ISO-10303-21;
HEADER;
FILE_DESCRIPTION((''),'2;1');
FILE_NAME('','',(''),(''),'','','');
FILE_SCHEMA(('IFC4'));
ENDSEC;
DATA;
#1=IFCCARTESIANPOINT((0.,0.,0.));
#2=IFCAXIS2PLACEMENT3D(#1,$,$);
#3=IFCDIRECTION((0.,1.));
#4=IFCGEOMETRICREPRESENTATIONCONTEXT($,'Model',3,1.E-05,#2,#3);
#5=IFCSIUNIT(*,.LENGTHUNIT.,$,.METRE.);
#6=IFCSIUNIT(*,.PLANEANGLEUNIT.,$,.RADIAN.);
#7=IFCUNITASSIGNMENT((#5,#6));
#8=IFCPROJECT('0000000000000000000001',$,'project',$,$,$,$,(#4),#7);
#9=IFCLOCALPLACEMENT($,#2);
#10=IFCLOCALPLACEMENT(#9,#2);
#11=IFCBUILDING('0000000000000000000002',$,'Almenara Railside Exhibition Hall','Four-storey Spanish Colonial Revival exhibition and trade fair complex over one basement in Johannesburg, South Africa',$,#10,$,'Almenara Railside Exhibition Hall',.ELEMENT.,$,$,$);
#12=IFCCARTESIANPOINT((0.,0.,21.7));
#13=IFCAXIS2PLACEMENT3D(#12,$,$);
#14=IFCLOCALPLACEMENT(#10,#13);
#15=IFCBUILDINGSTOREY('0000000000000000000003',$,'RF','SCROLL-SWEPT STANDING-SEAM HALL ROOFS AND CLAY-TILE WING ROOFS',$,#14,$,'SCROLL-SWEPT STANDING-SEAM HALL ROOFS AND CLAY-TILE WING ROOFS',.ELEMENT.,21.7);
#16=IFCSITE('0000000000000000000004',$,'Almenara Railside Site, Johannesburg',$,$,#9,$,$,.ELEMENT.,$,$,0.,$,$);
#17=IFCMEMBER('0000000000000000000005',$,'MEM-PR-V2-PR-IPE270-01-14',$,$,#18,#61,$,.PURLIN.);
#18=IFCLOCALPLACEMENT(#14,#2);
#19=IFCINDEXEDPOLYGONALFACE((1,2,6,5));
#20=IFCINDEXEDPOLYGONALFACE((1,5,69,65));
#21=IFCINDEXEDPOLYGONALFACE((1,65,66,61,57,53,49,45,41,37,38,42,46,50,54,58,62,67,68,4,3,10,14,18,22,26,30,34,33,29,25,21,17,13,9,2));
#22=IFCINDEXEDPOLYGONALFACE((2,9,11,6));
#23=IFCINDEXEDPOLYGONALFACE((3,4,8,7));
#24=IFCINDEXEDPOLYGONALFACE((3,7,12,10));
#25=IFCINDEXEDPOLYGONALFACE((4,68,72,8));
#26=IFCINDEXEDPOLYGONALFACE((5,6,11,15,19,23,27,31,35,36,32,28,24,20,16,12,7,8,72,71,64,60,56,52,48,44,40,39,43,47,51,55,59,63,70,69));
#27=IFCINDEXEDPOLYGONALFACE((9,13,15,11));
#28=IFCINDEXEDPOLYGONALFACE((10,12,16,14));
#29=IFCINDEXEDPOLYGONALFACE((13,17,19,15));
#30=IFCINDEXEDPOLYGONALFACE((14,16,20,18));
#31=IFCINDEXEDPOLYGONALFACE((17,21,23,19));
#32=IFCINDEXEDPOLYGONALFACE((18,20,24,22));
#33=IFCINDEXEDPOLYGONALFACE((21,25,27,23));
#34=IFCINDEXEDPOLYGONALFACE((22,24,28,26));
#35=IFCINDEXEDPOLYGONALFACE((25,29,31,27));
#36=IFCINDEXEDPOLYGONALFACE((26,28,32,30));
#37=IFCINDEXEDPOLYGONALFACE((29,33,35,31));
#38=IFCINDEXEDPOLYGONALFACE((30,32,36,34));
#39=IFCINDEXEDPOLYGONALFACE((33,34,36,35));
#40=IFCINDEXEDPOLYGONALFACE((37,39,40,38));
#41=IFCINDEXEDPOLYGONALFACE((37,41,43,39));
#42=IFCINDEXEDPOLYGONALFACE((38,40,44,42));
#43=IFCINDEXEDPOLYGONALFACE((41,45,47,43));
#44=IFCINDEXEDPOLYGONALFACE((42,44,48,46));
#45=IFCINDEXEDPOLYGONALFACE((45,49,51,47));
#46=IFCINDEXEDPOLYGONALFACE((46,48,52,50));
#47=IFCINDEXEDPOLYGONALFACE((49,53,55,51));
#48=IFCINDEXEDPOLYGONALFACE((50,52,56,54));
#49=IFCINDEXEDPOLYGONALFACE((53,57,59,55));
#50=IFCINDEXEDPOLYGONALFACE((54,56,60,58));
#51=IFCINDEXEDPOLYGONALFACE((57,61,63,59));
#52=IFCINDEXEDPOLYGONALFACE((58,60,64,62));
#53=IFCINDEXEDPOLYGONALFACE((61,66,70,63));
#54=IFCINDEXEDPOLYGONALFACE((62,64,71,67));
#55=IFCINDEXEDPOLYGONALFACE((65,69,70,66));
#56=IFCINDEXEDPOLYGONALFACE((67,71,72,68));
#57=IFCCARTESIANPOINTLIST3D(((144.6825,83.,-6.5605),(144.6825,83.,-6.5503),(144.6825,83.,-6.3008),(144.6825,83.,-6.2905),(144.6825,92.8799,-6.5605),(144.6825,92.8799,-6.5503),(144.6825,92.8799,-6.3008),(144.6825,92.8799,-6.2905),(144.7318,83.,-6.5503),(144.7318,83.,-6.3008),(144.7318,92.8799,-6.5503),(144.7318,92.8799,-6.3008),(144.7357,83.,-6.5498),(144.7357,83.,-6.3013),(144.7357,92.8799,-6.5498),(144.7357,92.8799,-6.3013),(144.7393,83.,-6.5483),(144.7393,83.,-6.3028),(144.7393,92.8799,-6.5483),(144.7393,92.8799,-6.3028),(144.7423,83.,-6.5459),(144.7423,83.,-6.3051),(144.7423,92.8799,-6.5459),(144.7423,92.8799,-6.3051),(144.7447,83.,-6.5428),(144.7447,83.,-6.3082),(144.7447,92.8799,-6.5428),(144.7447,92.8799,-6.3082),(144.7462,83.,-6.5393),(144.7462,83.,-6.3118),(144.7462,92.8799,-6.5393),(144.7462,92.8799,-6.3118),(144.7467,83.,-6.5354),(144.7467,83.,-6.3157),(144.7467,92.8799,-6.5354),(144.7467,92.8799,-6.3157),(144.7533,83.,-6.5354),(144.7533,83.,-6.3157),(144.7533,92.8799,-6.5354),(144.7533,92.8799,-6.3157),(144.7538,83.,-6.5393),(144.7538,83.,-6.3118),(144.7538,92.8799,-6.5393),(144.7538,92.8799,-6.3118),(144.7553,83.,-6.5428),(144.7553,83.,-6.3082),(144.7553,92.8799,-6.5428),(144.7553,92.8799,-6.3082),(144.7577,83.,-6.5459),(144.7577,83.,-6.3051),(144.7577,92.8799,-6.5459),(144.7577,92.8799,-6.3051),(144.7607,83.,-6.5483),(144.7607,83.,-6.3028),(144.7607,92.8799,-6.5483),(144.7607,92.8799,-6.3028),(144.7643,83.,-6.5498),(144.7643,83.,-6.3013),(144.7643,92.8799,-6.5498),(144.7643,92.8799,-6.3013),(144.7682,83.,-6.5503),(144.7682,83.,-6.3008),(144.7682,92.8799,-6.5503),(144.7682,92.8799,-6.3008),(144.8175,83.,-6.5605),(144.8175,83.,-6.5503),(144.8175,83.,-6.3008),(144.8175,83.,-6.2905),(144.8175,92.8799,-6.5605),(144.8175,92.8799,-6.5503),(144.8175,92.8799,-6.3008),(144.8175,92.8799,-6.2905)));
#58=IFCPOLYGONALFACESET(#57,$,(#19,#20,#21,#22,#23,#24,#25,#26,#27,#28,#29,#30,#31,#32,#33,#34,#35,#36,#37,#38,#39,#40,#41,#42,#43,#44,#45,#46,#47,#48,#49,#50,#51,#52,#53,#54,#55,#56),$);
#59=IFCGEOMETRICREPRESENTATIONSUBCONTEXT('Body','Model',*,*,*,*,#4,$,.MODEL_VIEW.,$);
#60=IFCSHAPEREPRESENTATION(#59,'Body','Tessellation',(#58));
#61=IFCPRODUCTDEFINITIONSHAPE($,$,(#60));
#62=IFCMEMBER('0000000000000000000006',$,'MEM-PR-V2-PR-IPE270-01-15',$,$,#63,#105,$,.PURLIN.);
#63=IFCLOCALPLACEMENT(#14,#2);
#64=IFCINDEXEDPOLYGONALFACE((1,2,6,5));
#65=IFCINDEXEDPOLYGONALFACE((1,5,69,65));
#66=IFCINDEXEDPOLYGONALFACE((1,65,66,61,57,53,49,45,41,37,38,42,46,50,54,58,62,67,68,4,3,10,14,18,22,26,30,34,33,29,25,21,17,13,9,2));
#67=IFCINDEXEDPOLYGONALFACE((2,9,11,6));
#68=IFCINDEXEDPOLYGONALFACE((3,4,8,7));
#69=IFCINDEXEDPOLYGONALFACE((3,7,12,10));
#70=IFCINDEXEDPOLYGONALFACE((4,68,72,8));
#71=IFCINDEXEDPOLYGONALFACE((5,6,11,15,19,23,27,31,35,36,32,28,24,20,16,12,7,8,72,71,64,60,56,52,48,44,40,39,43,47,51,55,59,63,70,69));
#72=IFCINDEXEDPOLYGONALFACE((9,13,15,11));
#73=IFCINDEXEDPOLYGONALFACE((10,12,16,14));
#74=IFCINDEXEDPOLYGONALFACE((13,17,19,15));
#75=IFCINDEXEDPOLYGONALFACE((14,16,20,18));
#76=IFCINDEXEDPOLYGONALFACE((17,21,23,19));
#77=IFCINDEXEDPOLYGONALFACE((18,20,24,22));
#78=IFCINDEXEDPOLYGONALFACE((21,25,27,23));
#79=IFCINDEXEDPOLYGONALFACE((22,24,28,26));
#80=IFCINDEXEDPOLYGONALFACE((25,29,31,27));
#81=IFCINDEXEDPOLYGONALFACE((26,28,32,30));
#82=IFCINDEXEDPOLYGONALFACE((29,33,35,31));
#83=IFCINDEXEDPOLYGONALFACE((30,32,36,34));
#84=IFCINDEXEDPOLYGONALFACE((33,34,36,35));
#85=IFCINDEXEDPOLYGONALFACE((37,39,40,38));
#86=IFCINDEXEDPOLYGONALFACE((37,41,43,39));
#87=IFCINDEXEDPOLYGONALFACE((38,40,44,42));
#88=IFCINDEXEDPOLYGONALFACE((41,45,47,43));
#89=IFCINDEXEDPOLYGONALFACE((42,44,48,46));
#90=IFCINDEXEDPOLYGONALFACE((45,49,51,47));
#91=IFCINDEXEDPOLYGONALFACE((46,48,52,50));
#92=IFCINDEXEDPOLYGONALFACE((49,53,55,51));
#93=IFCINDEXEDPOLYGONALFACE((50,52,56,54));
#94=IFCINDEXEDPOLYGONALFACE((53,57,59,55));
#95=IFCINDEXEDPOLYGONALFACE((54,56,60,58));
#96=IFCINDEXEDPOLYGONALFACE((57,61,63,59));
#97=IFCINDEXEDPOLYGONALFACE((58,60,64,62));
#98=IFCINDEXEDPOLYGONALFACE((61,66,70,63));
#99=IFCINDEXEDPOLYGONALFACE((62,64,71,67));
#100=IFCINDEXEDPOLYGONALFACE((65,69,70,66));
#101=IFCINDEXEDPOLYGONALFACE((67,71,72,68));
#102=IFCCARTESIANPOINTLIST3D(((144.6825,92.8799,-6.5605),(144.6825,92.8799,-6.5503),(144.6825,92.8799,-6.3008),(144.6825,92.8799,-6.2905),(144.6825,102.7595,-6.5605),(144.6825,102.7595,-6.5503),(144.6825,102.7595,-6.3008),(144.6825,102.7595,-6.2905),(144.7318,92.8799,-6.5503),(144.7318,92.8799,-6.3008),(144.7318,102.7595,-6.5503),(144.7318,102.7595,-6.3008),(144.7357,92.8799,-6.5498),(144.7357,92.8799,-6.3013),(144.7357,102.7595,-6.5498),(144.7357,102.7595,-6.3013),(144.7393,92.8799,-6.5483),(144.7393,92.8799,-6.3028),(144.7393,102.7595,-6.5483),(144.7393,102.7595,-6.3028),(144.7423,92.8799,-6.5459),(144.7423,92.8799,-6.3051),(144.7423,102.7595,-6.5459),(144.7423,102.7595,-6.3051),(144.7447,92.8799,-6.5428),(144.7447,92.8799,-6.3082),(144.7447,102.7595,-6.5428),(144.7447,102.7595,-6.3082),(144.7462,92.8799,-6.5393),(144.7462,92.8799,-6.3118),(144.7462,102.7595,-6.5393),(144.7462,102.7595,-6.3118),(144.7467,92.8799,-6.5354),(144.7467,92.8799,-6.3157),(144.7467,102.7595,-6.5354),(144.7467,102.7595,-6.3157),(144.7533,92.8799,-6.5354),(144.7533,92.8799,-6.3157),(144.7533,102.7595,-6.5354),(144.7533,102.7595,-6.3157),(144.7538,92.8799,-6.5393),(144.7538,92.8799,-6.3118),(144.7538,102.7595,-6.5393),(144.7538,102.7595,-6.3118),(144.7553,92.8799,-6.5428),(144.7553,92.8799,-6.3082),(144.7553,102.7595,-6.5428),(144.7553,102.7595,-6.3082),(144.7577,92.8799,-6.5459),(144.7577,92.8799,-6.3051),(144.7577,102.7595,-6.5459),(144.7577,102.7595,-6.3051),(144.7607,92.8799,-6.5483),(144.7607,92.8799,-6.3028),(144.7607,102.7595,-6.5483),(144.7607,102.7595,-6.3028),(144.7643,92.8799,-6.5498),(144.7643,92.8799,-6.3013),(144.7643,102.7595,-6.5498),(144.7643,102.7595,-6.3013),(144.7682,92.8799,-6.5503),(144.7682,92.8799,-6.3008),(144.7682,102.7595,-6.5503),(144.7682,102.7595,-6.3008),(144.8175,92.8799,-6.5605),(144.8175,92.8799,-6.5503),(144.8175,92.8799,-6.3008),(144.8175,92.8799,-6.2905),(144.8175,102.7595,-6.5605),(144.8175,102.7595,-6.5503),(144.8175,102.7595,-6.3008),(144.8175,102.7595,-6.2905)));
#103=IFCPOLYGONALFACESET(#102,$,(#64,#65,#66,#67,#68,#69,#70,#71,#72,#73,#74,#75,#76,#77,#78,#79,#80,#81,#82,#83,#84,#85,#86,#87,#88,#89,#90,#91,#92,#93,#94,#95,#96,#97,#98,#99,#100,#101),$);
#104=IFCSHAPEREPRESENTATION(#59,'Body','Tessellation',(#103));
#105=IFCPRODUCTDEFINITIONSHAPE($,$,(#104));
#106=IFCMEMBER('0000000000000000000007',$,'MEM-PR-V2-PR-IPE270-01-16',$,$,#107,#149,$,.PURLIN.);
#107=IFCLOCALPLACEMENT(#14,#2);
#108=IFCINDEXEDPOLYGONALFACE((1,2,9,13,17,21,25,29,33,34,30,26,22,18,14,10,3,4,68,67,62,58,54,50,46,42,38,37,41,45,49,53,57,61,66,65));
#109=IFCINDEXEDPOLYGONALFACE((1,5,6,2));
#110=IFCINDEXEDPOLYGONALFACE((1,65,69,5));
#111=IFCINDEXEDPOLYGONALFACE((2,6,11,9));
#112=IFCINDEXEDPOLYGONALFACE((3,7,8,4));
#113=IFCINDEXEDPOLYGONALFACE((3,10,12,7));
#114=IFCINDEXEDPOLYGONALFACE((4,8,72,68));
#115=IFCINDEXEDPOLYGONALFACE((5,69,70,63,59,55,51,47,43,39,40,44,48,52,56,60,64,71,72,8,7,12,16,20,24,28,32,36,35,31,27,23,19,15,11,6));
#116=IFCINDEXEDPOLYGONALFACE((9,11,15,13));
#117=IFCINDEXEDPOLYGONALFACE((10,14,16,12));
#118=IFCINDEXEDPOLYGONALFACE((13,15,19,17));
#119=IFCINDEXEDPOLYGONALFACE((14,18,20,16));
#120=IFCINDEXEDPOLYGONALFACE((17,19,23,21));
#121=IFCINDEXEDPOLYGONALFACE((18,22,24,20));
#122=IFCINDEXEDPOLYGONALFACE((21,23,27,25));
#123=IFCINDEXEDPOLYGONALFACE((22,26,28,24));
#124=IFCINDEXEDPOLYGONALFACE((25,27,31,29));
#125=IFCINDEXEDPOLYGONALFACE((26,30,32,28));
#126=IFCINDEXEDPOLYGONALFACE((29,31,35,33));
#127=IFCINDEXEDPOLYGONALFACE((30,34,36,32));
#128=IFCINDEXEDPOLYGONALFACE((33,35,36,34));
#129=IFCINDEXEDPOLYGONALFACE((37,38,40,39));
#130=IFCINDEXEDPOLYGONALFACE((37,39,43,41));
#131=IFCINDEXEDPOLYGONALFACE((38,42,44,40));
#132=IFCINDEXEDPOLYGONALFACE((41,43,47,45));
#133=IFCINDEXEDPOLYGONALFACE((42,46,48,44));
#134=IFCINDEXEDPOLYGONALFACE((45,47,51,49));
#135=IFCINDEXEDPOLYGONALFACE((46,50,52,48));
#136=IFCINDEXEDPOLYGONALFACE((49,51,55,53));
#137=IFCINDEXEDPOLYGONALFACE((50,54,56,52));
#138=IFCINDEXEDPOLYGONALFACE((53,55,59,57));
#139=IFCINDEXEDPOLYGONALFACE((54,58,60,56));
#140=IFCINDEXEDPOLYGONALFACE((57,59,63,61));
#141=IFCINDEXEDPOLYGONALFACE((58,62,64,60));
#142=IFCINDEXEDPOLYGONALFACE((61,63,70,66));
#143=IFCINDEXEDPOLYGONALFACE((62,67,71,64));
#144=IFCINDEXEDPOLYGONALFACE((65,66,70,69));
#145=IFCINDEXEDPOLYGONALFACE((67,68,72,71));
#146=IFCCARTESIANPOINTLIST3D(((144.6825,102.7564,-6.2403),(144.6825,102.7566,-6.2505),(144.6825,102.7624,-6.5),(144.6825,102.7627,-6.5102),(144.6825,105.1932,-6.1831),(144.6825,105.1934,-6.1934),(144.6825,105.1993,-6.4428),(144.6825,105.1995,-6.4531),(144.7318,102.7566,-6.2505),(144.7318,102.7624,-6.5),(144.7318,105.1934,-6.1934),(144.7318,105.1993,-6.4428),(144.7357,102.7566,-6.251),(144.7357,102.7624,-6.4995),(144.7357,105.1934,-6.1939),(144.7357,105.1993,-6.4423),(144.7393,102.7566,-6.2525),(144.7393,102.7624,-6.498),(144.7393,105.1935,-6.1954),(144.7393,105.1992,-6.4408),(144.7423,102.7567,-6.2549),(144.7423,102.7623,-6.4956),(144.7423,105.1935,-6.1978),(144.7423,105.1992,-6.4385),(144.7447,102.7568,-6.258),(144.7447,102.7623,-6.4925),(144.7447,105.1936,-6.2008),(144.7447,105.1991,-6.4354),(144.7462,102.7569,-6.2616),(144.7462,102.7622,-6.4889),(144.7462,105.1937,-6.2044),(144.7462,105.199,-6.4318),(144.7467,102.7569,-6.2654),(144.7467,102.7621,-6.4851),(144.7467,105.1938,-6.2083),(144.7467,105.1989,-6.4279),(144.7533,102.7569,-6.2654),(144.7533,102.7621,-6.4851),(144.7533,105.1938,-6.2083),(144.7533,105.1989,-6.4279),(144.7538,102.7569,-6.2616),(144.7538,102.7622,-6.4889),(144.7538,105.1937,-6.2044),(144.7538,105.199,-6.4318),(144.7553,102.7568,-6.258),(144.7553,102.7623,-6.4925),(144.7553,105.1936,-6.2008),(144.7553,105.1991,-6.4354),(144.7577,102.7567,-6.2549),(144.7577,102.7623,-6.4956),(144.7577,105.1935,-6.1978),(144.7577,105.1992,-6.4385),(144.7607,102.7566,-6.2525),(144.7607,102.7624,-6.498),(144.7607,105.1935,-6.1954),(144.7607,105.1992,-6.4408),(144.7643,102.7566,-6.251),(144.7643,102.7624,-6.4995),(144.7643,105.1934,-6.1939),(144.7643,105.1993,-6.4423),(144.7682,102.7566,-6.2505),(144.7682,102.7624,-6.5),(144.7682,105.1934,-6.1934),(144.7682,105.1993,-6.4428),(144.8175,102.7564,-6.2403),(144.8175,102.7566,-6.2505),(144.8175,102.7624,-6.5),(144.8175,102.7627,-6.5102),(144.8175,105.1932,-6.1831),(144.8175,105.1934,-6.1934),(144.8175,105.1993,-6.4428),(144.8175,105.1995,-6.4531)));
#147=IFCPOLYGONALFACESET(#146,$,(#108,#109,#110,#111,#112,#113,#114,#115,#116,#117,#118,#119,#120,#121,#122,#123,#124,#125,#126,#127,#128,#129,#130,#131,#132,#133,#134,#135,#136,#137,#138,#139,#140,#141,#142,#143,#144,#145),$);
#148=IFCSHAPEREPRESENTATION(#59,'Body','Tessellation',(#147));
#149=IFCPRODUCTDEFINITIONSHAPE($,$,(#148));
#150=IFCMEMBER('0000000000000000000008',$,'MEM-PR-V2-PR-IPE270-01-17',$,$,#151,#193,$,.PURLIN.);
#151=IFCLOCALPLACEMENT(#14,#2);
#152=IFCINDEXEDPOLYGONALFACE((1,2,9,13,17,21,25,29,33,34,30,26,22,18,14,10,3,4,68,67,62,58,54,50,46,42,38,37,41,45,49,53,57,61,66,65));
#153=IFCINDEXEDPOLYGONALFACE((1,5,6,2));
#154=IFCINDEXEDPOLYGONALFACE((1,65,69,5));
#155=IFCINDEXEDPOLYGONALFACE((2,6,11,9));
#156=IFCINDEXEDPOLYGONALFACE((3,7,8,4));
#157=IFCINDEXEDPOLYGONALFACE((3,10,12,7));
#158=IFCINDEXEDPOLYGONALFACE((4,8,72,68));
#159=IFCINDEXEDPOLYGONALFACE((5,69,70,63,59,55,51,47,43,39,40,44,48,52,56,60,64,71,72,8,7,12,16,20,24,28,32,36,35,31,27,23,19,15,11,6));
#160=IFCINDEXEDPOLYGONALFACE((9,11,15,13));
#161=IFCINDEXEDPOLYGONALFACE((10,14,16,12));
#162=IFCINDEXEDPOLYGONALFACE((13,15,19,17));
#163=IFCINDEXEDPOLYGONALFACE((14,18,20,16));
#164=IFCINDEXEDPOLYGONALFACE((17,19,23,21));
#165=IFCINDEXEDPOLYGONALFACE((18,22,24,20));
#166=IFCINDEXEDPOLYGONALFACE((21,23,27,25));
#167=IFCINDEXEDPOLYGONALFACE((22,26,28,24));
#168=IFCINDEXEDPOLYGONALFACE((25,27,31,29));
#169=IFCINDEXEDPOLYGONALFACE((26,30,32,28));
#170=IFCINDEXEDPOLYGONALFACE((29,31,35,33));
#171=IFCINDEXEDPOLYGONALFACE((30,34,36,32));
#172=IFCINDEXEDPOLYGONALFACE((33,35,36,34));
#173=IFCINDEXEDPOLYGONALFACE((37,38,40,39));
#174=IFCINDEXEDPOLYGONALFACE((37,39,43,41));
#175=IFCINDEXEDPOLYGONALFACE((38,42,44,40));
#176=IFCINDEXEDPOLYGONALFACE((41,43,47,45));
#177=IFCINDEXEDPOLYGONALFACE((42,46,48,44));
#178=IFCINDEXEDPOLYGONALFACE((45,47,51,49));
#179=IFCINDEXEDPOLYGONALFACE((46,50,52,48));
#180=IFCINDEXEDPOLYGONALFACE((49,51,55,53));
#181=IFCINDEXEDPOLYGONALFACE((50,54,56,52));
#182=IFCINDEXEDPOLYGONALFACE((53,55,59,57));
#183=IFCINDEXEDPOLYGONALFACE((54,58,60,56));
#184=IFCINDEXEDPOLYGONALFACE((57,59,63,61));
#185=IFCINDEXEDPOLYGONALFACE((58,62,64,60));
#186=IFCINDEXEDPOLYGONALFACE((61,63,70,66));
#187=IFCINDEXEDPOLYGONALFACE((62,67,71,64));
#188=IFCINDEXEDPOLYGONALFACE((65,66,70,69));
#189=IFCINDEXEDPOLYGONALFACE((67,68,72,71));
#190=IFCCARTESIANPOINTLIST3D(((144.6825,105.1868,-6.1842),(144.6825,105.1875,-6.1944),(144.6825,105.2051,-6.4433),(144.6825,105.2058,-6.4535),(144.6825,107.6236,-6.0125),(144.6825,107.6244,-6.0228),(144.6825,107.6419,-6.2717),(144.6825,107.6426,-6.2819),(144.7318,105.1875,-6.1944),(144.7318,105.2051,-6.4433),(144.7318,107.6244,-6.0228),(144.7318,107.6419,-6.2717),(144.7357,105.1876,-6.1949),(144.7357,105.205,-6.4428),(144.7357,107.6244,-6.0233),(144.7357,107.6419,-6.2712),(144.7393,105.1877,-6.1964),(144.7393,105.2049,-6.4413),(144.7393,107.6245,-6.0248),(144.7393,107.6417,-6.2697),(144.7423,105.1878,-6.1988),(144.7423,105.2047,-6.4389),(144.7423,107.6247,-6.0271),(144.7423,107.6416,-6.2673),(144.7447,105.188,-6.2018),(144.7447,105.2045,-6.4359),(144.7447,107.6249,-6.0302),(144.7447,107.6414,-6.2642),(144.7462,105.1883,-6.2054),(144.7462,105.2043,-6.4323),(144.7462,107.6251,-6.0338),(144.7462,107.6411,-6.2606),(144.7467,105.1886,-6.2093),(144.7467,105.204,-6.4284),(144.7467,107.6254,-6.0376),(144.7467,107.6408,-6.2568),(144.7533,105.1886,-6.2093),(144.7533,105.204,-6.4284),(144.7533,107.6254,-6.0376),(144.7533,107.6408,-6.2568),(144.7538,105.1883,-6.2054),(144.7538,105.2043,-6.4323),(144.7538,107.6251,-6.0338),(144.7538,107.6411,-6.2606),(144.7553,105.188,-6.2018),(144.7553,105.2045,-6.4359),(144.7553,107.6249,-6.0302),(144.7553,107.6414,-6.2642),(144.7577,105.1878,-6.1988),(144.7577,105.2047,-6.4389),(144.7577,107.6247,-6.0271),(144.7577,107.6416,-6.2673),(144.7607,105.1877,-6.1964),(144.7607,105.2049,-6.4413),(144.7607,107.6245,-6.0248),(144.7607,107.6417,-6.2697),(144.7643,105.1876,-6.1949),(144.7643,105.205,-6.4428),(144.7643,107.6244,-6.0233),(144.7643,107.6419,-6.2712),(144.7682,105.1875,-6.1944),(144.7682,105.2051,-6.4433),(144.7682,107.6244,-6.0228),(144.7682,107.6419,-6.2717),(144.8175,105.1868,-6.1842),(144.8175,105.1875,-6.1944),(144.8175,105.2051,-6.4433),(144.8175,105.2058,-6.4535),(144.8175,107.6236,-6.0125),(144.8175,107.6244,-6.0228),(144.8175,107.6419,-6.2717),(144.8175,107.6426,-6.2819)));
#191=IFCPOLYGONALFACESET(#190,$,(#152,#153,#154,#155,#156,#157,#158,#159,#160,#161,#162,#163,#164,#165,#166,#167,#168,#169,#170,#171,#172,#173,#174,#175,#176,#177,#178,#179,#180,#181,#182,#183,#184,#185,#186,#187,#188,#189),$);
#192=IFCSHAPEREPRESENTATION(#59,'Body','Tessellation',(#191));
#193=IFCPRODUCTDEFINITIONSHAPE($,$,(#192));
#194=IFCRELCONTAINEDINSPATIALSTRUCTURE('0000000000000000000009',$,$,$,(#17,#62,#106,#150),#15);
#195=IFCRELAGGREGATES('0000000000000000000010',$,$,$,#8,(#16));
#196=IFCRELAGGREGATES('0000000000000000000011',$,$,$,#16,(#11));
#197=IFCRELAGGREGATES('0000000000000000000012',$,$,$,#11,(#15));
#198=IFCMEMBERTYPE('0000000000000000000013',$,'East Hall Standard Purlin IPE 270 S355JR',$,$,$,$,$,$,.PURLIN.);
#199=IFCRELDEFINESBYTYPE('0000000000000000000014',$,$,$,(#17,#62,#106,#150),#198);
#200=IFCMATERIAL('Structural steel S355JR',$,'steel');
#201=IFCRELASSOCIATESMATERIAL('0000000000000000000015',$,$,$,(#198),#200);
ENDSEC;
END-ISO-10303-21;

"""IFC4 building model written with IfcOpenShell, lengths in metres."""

from ifc_helpers import new_model, si_unit, direction, frame, origin, origin_2d, place, context, subcontext, project, spatial, i_section, extrude, material, material_profile, profile_set, type_object, element, save


model = new_model("IFC4")

# Units and contexts
model_context = context("Model", 3, precision=1e-05, world=origin(), true_north=direction((0.0, 1.0)))
body_context = subcontext(model_context, "Body", "Model", "MODEL_VIEW")
ifc_project = project(units=[si_unit("LENGTHUNIT", "METRE"), si_unit("PLANEANGLEUNIT", "RADIAN")], contexts=[model_context])

# Site, building, storey
site_placement = place(None, origin())
site = spatial("IfcSite", under=ifc_project, at=site_placement, Name="Almenara Railside Site, Johannesburg", CompositionType="ELEMENT", RefElevation=0.0)
building_placement = place(site_placement, origin())
building = spatial("IfcBuilding", under=site, at=building_placement, Name="Almenara Railside Exhibition Hall", Description="Four-storey Spanish Colonial Revival exhibition and trade fair complex over one basement in Johannesburg, South Africa", LongName="Almenara Railside Exhibition Hall", CompositionType="ELEMENT")
storey_placement = place(building_placement, frame((0.0, 0.0, 21.7)))
storey = spatial("IfcBuildingStorey", under=building, at=storey_placement, Name="RF", Description="SCROLL-SWEPT STANDING-SEAM HALL ROOFS AND CLAY-TILE WING ROOFS", LongName="SCROLL-SWEPT STANDING-SEAM HALL ROOFS AND CLAY-TILE WING ROOFS", CompositionType="ELEMENT", Elevation=21.7)

# Members
ifc_material = material(Name="Structural steel S355JR", Category="steel")
ifc_material_profile_1 = material_profile(ifc_material, i_section(OverallWidth=0.135, OverallDepth=0.27, WebThickness=0.0066, FlangeThickness=0.0103, FilletRadius=0.0149, at=origin_2d()), Name="IPE 270")
ifc_profile_set_1 = profile_set([ifc_material_profile_1], Name="Structural steel S355JR")
member_type_1 = type_object("IfcMemberType", Name="East Hall Standard Purlin IPE 270 S355JR", PredefinedType="PURLIN", material=ifc_profile_set_1)
for number, where, z_axis, x_axis, name in (
    (1, (144.75, 83.0, -6.4255), (0.0, 1.0, 0.0), (-1.0, 0.0, 0.0), "MEM-PR-V2-PR-IPE270-01-14"),
):
    element("IfcMember", number, at=place(storey_placement, frame(where, z_axis=z_axis, x_axis=x_axis)), inside=storey, type_object=member_type_1, Name=name, PredefinedType="PURLIN", context=body_context, shape_type="SweptSolid", body=[
        extrude(i_section(OverallWidth=0.135, OverallDepth=0.27, WebThickness=0.0066, FlangeThickness=0.0103, FilletRadius=0.0149, at=origin_2d()), origin(), (0.0, 0.0, 1.0), 9.8799),
    ])
member_1_placement = place(storey_placement, frame((144.75, 92.8799, -6.4255), z_axis=(0.0, 1.0, 0.0), x_axis=(-1.0, 0.0, 0.0)))
element("IfcMember", 2, at=member_1_placement, inside=storey, type_object=member_type_1, Name="MEM-PR-V2-PR-IPE270-01-15", PredefinedType="PURLIN", context=body_context, shape_type="SweptSolid", body=[
    extrude(i_section(OverallWidth=0.135, OverallDepth=0.27, WebThickness=0.0066, FlangeThickness=0.0103, FilletRadius=0.0149, at=origin_2d()), origin(), (0.0, 0.0, 1.0), 9.8796),
])
member_2_placement = place(storey_placement, frame((144.75, 102.7595, -6.3752), z_axis=(0.0, 0.999725, 0.023438), x_axis=(-1.0, 0.0, 0.0)))
element("IfcMember", 3, at=member_2_placement, inside=storey, type_object=member_type_1, Name="MEM-PR-V2-PR-IPE270-01-16", PredefinedType="PURLIN", context=body_context, shape_type="SweptSolid", body=[
    extrude(i_section(OverallWidth=0.135, OverallDepth=0.27, WebThickness=0.0066, FlangeThickness=0.0103, FilletRadius=0.0149, at=origin_2d()), origin(), (0.0, 0.0, 1.0), 2.4375),
])
member_3_placement = place(storey_placement, frame((144.75, 105.1963, -6.3188), z_axis=(0.0, 0.997529, 0.07026), x_axis=(-1.0, 0.0, 0.0)))
element("IfcMember", 4, at=member_3_placement, inside=storey, type_object=member_type_1, Name="MEM-PR-V2-PR-IPE270-01-17", PredefinedType="PURLIN", context=body_context, shape_type="SweptSolid", body=[
    extrude(i_section(OverallWidth=0.135, OverallDepth=0.27, WebThickness=0.0066, FlangeThickness=0.0103, FilletRadius=0.0149, at=origin_2d()), origin(), (0.0, 0.0, 1.0), 2.4429),
])

save(model, "model.ifc")
